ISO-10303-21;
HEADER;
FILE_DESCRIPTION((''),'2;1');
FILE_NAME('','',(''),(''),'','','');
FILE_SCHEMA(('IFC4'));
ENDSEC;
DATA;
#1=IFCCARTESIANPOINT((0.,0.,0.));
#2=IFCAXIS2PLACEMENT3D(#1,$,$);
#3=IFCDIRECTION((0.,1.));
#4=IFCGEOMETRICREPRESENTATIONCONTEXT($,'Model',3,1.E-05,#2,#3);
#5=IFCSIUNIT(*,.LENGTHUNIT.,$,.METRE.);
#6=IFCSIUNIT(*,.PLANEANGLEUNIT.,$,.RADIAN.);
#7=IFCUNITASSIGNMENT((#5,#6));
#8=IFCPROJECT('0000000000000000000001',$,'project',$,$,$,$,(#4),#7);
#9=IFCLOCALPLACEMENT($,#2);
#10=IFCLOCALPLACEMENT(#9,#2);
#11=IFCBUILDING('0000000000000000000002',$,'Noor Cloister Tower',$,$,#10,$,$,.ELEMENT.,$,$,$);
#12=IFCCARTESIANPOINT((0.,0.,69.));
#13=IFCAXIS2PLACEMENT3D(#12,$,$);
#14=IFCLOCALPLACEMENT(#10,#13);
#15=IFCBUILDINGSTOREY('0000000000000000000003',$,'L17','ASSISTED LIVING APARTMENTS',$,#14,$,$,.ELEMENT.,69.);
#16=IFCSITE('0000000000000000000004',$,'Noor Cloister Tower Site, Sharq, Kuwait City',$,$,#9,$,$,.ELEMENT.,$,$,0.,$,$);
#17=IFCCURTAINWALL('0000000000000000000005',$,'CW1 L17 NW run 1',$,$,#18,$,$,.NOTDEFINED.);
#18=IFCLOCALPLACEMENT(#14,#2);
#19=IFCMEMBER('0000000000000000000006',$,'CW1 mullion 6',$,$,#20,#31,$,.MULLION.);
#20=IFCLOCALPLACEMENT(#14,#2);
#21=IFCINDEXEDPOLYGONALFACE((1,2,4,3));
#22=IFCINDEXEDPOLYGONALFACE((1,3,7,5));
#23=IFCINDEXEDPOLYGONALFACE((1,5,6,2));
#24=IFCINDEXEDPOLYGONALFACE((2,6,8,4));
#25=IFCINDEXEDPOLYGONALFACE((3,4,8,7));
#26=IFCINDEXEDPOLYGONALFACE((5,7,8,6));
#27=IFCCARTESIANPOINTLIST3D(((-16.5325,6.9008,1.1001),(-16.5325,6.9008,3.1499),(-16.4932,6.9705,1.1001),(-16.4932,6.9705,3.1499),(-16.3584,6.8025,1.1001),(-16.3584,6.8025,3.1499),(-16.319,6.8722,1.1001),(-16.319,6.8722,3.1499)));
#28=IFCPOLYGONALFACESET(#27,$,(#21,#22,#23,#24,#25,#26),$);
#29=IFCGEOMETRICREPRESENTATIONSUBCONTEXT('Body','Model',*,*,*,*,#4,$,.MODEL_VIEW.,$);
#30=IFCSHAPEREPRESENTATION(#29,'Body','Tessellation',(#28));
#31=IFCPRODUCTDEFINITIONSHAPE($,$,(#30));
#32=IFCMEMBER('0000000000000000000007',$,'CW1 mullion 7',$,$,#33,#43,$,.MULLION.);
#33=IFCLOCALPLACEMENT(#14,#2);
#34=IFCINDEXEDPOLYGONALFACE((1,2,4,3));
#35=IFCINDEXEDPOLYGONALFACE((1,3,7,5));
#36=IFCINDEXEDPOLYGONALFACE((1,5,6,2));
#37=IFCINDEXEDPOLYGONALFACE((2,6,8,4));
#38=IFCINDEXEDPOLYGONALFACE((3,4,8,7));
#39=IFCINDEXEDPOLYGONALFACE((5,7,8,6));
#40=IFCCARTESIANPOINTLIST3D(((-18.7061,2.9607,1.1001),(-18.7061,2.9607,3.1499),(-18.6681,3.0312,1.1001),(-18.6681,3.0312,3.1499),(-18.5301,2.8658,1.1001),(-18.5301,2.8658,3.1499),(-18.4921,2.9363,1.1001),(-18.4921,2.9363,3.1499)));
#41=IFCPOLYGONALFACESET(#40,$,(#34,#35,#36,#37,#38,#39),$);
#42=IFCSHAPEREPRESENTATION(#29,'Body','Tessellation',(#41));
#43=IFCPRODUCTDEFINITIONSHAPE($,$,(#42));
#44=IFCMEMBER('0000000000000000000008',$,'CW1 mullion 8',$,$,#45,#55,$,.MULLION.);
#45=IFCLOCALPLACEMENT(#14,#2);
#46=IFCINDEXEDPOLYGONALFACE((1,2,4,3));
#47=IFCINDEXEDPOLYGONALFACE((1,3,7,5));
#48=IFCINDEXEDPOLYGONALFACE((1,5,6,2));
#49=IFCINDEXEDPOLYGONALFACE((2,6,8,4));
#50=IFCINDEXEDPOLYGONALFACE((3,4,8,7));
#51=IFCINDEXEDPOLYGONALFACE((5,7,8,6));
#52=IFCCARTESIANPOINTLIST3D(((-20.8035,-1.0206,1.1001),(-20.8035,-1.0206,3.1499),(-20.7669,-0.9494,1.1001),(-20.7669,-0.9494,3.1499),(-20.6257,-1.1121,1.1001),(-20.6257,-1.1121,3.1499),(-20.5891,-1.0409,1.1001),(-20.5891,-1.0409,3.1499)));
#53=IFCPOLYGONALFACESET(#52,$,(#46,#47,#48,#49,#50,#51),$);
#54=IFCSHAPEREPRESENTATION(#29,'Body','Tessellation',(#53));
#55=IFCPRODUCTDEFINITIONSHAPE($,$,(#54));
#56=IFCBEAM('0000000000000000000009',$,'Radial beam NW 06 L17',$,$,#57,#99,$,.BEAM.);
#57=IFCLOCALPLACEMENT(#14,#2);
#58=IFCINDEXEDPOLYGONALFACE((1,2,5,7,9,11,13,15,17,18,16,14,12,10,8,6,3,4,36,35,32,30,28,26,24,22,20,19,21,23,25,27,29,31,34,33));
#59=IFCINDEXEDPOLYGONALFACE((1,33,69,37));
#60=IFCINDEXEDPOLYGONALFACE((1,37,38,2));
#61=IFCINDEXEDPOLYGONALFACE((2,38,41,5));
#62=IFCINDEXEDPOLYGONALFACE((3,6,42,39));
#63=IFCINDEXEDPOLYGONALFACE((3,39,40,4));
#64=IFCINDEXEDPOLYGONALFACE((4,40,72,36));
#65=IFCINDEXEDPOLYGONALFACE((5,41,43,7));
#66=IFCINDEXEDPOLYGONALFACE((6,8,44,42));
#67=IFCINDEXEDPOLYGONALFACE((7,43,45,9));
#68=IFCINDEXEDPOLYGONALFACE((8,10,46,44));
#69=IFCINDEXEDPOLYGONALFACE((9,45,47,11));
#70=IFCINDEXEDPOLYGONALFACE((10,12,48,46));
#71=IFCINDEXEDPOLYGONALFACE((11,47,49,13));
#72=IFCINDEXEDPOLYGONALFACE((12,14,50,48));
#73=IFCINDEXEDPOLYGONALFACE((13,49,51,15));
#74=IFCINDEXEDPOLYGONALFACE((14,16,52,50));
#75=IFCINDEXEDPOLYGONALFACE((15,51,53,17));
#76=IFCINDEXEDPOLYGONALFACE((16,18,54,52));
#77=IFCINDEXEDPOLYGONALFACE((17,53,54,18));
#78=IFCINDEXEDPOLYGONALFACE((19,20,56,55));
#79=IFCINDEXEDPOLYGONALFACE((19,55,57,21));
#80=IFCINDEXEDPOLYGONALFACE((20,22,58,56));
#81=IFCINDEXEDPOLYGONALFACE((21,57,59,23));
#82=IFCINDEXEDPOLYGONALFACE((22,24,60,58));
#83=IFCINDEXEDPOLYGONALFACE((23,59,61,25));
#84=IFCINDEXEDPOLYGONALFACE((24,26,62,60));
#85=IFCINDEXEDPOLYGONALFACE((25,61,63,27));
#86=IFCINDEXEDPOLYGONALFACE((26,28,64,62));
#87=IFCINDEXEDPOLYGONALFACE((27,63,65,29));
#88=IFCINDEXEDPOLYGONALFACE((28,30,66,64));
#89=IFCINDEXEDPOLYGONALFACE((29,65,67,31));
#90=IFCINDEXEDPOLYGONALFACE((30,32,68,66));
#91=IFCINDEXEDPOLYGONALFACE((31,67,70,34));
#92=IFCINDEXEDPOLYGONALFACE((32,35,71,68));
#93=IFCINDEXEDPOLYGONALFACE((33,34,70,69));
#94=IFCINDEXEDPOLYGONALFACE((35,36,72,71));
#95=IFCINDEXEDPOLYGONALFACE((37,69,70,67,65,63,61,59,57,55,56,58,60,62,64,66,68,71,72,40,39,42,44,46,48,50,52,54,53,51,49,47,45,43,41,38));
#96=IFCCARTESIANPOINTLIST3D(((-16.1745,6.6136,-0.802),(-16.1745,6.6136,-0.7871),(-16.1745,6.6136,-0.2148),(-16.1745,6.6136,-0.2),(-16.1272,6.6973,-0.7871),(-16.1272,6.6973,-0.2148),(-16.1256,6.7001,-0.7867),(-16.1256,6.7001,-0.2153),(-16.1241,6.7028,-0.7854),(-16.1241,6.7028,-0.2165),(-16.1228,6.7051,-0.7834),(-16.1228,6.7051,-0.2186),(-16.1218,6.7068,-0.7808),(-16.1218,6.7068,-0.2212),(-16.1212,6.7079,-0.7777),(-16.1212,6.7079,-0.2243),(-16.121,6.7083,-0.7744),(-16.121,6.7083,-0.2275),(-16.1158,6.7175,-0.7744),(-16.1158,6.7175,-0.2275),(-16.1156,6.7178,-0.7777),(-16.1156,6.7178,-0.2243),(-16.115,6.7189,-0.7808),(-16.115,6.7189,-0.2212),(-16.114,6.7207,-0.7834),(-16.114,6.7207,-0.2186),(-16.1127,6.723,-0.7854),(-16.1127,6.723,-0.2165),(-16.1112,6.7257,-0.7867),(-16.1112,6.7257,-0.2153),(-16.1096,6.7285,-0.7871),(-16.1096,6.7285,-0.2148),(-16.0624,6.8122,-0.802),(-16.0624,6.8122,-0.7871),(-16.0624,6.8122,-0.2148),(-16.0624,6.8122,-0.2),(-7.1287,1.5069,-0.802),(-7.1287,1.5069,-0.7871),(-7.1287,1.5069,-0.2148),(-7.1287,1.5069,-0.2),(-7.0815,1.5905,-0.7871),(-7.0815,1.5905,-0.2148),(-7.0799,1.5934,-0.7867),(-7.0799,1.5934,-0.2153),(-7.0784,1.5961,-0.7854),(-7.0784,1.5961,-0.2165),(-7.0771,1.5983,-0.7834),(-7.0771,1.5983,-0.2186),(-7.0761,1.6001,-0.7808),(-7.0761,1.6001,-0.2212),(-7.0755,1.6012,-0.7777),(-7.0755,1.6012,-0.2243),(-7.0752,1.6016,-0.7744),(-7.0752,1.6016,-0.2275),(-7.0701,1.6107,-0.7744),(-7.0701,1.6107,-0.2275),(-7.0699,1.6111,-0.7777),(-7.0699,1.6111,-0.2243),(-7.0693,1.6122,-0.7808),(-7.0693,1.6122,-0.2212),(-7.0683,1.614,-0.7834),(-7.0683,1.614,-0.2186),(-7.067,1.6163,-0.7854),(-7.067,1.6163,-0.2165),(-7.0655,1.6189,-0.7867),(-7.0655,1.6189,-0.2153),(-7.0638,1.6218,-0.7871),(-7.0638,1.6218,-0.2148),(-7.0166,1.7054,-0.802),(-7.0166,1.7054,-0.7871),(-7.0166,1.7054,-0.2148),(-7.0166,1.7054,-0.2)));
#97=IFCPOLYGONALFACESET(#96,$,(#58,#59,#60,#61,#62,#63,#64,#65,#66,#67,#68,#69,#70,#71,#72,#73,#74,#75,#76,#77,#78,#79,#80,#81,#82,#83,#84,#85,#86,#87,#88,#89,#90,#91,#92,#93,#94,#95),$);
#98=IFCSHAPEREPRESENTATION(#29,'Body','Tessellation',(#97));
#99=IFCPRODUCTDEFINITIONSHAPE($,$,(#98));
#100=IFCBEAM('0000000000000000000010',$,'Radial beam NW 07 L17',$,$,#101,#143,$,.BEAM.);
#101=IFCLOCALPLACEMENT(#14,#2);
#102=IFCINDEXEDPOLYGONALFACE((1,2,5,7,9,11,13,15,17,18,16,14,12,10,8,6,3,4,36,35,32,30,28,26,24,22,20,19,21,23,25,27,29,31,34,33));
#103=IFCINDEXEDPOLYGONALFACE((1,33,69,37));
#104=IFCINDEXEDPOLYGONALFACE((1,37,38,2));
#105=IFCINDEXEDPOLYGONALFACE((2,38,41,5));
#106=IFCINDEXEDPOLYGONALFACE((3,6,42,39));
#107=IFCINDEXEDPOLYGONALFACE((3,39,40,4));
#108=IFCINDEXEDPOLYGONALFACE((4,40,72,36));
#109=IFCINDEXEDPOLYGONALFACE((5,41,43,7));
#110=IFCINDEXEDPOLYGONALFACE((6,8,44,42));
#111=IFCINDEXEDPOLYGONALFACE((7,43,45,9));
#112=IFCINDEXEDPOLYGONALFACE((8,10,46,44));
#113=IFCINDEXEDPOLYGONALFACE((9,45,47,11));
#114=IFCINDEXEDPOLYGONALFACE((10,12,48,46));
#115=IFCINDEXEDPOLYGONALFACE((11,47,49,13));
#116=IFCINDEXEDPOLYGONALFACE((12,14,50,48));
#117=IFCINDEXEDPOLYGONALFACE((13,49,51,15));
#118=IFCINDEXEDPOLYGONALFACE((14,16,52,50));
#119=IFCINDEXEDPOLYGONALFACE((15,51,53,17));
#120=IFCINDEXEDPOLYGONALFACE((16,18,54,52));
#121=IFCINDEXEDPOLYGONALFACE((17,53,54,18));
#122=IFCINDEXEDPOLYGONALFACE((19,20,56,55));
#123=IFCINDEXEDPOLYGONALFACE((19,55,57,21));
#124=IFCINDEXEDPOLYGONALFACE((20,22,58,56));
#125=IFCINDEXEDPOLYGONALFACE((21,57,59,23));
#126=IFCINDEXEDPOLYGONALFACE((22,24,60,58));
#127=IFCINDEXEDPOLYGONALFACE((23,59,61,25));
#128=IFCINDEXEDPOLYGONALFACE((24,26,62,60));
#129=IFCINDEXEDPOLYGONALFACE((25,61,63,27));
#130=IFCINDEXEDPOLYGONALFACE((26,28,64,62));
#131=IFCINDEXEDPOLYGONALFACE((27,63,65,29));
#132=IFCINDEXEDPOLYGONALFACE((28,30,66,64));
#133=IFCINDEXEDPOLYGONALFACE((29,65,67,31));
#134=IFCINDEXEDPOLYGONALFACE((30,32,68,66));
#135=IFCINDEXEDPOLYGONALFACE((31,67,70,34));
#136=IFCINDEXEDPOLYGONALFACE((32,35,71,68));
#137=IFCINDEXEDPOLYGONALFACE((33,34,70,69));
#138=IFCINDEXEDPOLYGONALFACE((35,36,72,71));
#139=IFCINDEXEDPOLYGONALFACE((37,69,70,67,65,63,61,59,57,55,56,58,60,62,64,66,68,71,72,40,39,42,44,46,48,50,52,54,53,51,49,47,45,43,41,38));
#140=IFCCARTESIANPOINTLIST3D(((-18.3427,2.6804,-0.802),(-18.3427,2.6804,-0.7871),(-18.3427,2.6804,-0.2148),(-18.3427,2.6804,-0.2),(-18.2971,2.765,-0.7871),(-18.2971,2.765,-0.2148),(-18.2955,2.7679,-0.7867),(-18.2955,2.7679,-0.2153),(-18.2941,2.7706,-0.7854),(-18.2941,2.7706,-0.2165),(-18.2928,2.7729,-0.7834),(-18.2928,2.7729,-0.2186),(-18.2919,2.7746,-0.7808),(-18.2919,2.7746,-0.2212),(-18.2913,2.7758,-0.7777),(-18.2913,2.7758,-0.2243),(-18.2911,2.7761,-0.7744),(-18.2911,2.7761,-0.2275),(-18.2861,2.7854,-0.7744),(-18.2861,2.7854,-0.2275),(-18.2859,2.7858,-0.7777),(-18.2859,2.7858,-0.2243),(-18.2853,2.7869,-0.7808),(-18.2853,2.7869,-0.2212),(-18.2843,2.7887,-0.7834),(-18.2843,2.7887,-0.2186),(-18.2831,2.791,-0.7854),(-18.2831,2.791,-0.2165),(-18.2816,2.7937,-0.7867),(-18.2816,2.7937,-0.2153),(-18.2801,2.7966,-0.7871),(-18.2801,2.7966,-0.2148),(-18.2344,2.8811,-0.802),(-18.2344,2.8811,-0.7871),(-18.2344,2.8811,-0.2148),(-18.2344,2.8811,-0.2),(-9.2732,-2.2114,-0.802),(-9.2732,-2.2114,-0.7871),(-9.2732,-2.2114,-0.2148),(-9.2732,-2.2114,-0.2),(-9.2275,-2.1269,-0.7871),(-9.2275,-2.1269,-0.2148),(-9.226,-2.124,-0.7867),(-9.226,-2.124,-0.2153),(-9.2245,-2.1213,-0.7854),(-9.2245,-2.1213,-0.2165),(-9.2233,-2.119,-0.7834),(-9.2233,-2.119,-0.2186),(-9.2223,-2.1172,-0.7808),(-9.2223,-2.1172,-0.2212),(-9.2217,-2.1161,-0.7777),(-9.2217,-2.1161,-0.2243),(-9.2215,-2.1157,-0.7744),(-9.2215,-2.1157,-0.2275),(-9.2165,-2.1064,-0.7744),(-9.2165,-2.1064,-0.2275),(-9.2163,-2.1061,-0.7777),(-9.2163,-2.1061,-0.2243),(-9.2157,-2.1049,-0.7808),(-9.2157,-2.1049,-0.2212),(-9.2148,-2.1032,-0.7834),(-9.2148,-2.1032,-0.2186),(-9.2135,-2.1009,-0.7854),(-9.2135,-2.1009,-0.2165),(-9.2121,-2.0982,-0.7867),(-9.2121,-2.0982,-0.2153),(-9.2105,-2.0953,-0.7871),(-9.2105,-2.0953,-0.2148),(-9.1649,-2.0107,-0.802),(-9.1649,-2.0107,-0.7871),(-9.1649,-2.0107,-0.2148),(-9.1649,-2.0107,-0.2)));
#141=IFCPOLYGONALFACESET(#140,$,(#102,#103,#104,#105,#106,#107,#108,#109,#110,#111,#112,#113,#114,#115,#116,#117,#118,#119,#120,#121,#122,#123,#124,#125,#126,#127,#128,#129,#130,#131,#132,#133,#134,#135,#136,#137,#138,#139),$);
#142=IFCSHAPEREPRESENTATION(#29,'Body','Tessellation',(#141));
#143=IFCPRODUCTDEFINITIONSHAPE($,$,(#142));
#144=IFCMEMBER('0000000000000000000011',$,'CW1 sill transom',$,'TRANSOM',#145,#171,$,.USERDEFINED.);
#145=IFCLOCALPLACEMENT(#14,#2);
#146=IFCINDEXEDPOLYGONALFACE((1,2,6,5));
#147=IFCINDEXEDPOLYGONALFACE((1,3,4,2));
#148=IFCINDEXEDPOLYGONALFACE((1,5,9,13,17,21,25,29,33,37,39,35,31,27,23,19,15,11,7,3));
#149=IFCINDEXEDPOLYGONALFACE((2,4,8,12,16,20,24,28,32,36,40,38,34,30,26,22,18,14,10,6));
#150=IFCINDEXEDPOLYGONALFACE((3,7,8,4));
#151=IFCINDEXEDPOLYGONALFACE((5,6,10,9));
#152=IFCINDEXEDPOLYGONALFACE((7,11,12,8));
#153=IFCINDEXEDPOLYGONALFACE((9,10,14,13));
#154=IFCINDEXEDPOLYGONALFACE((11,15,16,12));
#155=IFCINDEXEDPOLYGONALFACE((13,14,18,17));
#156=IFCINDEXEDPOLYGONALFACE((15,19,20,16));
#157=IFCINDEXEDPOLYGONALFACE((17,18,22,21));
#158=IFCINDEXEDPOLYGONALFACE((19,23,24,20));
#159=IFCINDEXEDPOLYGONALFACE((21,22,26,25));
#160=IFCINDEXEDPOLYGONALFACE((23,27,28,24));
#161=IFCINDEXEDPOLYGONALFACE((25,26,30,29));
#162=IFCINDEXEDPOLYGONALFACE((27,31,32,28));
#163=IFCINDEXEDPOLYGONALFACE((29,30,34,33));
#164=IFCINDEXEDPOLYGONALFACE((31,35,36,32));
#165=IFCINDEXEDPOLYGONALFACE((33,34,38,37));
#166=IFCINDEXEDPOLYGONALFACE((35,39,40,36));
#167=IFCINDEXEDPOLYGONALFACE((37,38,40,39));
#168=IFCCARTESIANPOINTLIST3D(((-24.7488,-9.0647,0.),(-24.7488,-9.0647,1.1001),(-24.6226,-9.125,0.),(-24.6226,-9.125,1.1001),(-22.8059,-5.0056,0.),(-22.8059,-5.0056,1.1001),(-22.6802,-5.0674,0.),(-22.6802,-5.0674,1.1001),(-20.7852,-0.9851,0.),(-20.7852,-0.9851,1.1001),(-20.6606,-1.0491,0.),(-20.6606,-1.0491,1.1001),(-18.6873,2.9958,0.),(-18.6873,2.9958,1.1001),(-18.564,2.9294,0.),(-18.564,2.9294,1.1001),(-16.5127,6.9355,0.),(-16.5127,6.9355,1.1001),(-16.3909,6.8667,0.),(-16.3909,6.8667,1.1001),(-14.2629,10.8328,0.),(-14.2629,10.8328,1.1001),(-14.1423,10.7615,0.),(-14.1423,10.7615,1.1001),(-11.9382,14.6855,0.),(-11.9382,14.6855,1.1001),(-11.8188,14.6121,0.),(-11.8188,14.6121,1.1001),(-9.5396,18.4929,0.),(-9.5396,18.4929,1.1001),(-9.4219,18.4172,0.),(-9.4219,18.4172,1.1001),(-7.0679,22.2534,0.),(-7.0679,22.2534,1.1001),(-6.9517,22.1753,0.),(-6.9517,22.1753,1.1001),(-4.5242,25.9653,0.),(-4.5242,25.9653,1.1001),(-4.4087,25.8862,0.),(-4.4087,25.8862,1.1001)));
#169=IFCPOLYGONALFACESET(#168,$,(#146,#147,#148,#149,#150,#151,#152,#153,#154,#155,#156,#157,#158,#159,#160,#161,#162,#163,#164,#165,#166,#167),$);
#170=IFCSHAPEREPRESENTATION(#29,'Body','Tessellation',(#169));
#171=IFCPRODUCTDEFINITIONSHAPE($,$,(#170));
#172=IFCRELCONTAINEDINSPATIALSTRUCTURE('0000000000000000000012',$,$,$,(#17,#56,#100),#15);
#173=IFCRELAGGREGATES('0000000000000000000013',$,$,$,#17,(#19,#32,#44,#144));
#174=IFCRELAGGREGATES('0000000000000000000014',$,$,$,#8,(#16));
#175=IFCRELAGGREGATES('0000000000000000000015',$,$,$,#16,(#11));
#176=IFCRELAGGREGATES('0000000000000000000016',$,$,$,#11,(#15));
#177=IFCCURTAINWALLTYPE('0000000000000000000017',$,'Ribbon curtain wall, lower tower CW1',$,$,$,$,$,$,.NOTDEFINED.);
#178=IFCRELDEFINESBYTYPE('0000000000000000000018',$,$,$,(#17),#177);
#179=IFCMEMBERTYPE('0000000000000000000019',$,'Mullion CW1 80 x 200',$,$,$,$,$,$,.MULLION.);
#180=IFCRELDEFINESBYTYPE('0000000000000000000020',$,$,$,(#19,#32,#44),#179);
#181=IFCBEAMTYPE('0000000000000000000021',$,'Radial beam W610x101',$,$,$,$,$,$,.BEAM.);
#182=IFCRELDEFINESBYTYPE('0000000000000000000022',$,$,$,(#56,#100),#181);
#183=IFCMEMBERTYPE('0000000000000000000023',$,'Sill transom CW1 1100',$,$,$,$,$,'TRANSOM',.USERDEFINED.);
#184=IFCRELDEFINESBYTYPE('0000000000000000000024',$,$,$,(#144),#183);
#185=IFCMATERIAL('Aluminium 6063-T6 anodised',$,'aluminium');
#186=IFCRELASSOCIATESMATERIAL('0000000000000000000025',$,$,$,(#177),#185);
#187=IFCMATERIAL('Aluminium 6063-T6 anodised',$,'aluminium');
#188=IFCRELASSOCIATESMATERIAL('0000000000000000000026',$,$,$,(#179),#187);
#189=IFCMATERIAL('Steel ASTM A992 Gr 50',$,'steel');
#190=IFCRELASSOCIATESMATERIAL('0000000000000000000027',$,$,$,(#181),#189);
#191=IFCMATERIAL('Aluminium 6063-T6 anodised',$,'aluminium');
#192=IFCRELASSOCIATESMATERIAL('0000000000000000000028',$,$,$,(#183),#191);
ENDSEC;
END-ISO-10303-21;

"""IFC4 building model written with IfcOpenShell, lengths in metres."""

from ifc_helpers import new_model, si_unit, direction, frame, origin, origin_2d, place, context, subcontext, project, spatial, polyline, rectangle, i_section, outline, extrude, material, material_profile, profile_set, type_object, element, aggregate, save


model = new_model("IFC4")

# Units and contexts
model_context = context("Model", 3, precision=1e-05, world=origin(), true_north=direction((0.0, 1.0)))
body_context = subcontext(model_context, "Body", "Model", "MODEL_VIEW")
ifc_project = project(units=[si_unit("LENGTHUNIT", "METRE"), si_unit("PLANEANGLEUNIT", "RADIAN")], contexts=[model_context])

# Site, building, storey
site_placement = place(None, origin())
site = spatial("IfcSite", under=ifc_project, at=site_placement, Name="Noor Cloister Tower Site, Sharq, Kuwait City", CompositionType="ELEMENT", RefElevation=0.0)
building_placement = place(site_placement, origin())
building = spatial("IfcBuilding", under=site, at=building_placement, Name="Noor Cloister Tower", CompositionType="ELEMENT")
storey_placement = place(building_placement, frame((0.0, 0.0, 69.0)))
storey = spatial("IfcBuildingStorey", under=building, at=storey_placement, Name="L17", Description="ASSISTED LIVING APARTMENTS", CompositionType="ELEMENT", Elevation=69.0)

# Curtain wall
ifc_material_1 = material(Name="Aluminium 6063-T6 anodised", Category="aluminium")
curtain_wall_type = type_object("IfcCurtainWallType", Name="Ribbon curtain wall, lower tower CW1", PredefinedType="NOTDEFINED", material=ifc_material_1)
curtain_wall_1_placement = place(storey_placement, origin())
curtain_wall_1 = element("IfcCurtainWall", 1, at=curtain_wall_1_placement, inside=storey, type_object=curtain_wall_type, Name="CW1 L17 NW run 1", PredefinedType="NOTDEFINED")

# Members
ifc_material_2 = material(Name="Aluminium 6063-T6 anodised", Category="aluminium")
ifc_material_profile_1 = material_profile(ifc_material_2, rectangle(XDim=0.2, YDim=0.0801, at=origin_2d()), Name="200 x 80 mullion")
ifc_profile_set_1 = profile_set([ifc_material_profile_1], Name="Aluminium 6063-T6 anodised")
member_type_1 = type_object("IfcMemberType", Name="Mullion CW1 80 x 200", PredefinedType="MULLION", material=ifc_profile_set_1)
member_1_placement = place(storey_placement, frame((-16.4258, 6.8865, 1.1001), z_axis=(0.0, 0.0, 1.0), x_axis=(0.870808, -0.491623, 0.0)))
member_1 = element("IfcMember", 2, at=member_1_placement, type_object=member_type_1, Name="CW1 mullion 6", PredefinedType="MULLION", context=body_context, shape_type="SweptSolid", body=[
    extrude(rectangle(XDim=0.2, YDim=0.0801, at=origin_2d()), origin(), (0.0, 0.0, 1.0), 2.0498),
])
member_2_placement = place(storey_placement, frame((-18.5991, 2.9485, 1.1001), z_axis=(0.0, 0.0, 1.0), x_axis=(0.88013, -0.474733, 0.0)))
member_2 = element("IfcMember", 3, at=member_2_placement, type_object=member_type_1, Name="CW1 mullion 7", PredefinedType="MULLION", context=body_context, shape_type="SweptSolid", body=[
    extrude(rectangle(XDim=0.2, YDim=0.0801, at=origin_2d()), origin(), (0.0, 0.0, 1.0), 2.0498),
])
member_3_placement = place(storey_placement, frame((-20.6963, -1.0308, 1.1001), z_axis=(0.0, 0.0, 1.0), x_axis=(0.889124, -0.457666, 0.0)))
member_3 = element("IfcMember", 4, at=member_3_placement, type_object=member_type_1, Name="CW1 mullion 8", PredefinedType="MULLION", context=body_context, shape_type="SweptSolid", body=[
    extrude(rectangle(XDim=0.2, YDim=0.0801, at=origin_2d()), origin(), (0.0, 0.0, 1.0), 2.0498),
])

# Beams
ifc_material_3 = material(Name="Steel ASTM A992 Gr 50", Category="steel")
ifc_material_profile_2 = material_profile(ifc_material_3, i_section(OverallWidth=0.228, OverallDepth=0.6021, WebThickness=0.0105, FlangeThickness=0.0149, FilletRadius=0.0127, at=origin_2d()), Name="W610x101")
ifc_profile_set_2 = profile_set([ifc_material_profile_2], Name="Steel ASTM A992 Gr 50")
beam_type_1 = type_object("IfcBeamType", Name="Radial beam W610x101", PredefinedType="BEAM", material=ifc_profile_set_2)
beam_1_placement = place(storey_placement, frame((-16.1184, 6.7129, -0.501), z_axis=(0.870813, -0.491614, 0.0), x_axis=(0.491614, 0.870813, 0.0)))
element("IfcBeam", 5, at=beam_1_placement, inside=storey, type_object=beam_type_1, Name="Radial beam NW 06 L17", PredefinedType="BEAM", context=body_context, shape_type="SweptSolid", body=[
    extrude(i_section(OverallWidth=0.228, OverallDepth=0.6021, WebThickness=0.0105, FlangeThickness=0.0149, FilletRadius=0.0127, at=origin_2d()), origin(), (0.0, 0.0, 1.0), 10.3877),
])
beam_2_placement = place(storey_placement, frame((-18.2886, 2.7808, -0.501), z_axis=(0.880138, -0.474719, 0.0), x_axis=(0.474719, 0.880138, 0.0)))
element("IfcBeam", 6, at=beam_2_placement, inside=storey, type_object=beam_type_1, Name="Radial beam NW 07 L17", PredefinedType="BEAM", context=body_context, shape_type="SweptSolid", body=[
    extrude(i_section(OverallWidth=0.228, OverallDepth=0.6021, WebThickness=0.0105, FlangeThickness=0.0149, FilletRadius=0.0127, at=origin_2d()), origin(), (0.0, 0.0, 1.0), 10.3047),
])

# Member
ifc_material_4 = material(Name="Aluminium 6063-T6 anodised", Category="aluminium")
member_type_2 = type_object("IfcMemberType", Name="Sill transom CW1 1100", ElementType="TRANSOM", PredefinedType="USERDEFINED", material=ifc_material_4)
member_4_placement = place(storey_placement, origin())
member_4 = element("IfcMember", 7, at=member_4_placement, type_object=member_type_2, Name="CW1 sill transom", ObjectType="TRANSOM", PredefinedType="USERDEFINED", context=body_context, shape_type="SweptSolid", body=[
    extrude(outline(polyline([(-4.5242, 25.9653), (-7.0679, 22.2534), (-9.5396, 18.4929), (-11.9382, 14.6855), (-14.2629, 10.8328), (-16.5127, 6.9355), (-18.6873, 2.9958), (-20.7852, -0.9851), (-22.8059, -5.0056), (-24.7488, -9.0647), (-24.6226, -9.125), (-22.6802, -5.0674), (-20.6606, -1.0491), (-18.564, 2.9294), (-16.3909, 6.8667), (-14.1423, 10.7615), (-11.8188, 14.6121), (-9.4219, 18.4172), (-6.9517, 22.1753), (-4.4087, 25.8862), (-4.5242, 25.9653)])), origin(), (0.0, 0.0, 1.0), 1.1001),
])

aggregate(curtain_wall_1, [member_1, member_2, member_3, member_4])

save(model, "model.ifc")
